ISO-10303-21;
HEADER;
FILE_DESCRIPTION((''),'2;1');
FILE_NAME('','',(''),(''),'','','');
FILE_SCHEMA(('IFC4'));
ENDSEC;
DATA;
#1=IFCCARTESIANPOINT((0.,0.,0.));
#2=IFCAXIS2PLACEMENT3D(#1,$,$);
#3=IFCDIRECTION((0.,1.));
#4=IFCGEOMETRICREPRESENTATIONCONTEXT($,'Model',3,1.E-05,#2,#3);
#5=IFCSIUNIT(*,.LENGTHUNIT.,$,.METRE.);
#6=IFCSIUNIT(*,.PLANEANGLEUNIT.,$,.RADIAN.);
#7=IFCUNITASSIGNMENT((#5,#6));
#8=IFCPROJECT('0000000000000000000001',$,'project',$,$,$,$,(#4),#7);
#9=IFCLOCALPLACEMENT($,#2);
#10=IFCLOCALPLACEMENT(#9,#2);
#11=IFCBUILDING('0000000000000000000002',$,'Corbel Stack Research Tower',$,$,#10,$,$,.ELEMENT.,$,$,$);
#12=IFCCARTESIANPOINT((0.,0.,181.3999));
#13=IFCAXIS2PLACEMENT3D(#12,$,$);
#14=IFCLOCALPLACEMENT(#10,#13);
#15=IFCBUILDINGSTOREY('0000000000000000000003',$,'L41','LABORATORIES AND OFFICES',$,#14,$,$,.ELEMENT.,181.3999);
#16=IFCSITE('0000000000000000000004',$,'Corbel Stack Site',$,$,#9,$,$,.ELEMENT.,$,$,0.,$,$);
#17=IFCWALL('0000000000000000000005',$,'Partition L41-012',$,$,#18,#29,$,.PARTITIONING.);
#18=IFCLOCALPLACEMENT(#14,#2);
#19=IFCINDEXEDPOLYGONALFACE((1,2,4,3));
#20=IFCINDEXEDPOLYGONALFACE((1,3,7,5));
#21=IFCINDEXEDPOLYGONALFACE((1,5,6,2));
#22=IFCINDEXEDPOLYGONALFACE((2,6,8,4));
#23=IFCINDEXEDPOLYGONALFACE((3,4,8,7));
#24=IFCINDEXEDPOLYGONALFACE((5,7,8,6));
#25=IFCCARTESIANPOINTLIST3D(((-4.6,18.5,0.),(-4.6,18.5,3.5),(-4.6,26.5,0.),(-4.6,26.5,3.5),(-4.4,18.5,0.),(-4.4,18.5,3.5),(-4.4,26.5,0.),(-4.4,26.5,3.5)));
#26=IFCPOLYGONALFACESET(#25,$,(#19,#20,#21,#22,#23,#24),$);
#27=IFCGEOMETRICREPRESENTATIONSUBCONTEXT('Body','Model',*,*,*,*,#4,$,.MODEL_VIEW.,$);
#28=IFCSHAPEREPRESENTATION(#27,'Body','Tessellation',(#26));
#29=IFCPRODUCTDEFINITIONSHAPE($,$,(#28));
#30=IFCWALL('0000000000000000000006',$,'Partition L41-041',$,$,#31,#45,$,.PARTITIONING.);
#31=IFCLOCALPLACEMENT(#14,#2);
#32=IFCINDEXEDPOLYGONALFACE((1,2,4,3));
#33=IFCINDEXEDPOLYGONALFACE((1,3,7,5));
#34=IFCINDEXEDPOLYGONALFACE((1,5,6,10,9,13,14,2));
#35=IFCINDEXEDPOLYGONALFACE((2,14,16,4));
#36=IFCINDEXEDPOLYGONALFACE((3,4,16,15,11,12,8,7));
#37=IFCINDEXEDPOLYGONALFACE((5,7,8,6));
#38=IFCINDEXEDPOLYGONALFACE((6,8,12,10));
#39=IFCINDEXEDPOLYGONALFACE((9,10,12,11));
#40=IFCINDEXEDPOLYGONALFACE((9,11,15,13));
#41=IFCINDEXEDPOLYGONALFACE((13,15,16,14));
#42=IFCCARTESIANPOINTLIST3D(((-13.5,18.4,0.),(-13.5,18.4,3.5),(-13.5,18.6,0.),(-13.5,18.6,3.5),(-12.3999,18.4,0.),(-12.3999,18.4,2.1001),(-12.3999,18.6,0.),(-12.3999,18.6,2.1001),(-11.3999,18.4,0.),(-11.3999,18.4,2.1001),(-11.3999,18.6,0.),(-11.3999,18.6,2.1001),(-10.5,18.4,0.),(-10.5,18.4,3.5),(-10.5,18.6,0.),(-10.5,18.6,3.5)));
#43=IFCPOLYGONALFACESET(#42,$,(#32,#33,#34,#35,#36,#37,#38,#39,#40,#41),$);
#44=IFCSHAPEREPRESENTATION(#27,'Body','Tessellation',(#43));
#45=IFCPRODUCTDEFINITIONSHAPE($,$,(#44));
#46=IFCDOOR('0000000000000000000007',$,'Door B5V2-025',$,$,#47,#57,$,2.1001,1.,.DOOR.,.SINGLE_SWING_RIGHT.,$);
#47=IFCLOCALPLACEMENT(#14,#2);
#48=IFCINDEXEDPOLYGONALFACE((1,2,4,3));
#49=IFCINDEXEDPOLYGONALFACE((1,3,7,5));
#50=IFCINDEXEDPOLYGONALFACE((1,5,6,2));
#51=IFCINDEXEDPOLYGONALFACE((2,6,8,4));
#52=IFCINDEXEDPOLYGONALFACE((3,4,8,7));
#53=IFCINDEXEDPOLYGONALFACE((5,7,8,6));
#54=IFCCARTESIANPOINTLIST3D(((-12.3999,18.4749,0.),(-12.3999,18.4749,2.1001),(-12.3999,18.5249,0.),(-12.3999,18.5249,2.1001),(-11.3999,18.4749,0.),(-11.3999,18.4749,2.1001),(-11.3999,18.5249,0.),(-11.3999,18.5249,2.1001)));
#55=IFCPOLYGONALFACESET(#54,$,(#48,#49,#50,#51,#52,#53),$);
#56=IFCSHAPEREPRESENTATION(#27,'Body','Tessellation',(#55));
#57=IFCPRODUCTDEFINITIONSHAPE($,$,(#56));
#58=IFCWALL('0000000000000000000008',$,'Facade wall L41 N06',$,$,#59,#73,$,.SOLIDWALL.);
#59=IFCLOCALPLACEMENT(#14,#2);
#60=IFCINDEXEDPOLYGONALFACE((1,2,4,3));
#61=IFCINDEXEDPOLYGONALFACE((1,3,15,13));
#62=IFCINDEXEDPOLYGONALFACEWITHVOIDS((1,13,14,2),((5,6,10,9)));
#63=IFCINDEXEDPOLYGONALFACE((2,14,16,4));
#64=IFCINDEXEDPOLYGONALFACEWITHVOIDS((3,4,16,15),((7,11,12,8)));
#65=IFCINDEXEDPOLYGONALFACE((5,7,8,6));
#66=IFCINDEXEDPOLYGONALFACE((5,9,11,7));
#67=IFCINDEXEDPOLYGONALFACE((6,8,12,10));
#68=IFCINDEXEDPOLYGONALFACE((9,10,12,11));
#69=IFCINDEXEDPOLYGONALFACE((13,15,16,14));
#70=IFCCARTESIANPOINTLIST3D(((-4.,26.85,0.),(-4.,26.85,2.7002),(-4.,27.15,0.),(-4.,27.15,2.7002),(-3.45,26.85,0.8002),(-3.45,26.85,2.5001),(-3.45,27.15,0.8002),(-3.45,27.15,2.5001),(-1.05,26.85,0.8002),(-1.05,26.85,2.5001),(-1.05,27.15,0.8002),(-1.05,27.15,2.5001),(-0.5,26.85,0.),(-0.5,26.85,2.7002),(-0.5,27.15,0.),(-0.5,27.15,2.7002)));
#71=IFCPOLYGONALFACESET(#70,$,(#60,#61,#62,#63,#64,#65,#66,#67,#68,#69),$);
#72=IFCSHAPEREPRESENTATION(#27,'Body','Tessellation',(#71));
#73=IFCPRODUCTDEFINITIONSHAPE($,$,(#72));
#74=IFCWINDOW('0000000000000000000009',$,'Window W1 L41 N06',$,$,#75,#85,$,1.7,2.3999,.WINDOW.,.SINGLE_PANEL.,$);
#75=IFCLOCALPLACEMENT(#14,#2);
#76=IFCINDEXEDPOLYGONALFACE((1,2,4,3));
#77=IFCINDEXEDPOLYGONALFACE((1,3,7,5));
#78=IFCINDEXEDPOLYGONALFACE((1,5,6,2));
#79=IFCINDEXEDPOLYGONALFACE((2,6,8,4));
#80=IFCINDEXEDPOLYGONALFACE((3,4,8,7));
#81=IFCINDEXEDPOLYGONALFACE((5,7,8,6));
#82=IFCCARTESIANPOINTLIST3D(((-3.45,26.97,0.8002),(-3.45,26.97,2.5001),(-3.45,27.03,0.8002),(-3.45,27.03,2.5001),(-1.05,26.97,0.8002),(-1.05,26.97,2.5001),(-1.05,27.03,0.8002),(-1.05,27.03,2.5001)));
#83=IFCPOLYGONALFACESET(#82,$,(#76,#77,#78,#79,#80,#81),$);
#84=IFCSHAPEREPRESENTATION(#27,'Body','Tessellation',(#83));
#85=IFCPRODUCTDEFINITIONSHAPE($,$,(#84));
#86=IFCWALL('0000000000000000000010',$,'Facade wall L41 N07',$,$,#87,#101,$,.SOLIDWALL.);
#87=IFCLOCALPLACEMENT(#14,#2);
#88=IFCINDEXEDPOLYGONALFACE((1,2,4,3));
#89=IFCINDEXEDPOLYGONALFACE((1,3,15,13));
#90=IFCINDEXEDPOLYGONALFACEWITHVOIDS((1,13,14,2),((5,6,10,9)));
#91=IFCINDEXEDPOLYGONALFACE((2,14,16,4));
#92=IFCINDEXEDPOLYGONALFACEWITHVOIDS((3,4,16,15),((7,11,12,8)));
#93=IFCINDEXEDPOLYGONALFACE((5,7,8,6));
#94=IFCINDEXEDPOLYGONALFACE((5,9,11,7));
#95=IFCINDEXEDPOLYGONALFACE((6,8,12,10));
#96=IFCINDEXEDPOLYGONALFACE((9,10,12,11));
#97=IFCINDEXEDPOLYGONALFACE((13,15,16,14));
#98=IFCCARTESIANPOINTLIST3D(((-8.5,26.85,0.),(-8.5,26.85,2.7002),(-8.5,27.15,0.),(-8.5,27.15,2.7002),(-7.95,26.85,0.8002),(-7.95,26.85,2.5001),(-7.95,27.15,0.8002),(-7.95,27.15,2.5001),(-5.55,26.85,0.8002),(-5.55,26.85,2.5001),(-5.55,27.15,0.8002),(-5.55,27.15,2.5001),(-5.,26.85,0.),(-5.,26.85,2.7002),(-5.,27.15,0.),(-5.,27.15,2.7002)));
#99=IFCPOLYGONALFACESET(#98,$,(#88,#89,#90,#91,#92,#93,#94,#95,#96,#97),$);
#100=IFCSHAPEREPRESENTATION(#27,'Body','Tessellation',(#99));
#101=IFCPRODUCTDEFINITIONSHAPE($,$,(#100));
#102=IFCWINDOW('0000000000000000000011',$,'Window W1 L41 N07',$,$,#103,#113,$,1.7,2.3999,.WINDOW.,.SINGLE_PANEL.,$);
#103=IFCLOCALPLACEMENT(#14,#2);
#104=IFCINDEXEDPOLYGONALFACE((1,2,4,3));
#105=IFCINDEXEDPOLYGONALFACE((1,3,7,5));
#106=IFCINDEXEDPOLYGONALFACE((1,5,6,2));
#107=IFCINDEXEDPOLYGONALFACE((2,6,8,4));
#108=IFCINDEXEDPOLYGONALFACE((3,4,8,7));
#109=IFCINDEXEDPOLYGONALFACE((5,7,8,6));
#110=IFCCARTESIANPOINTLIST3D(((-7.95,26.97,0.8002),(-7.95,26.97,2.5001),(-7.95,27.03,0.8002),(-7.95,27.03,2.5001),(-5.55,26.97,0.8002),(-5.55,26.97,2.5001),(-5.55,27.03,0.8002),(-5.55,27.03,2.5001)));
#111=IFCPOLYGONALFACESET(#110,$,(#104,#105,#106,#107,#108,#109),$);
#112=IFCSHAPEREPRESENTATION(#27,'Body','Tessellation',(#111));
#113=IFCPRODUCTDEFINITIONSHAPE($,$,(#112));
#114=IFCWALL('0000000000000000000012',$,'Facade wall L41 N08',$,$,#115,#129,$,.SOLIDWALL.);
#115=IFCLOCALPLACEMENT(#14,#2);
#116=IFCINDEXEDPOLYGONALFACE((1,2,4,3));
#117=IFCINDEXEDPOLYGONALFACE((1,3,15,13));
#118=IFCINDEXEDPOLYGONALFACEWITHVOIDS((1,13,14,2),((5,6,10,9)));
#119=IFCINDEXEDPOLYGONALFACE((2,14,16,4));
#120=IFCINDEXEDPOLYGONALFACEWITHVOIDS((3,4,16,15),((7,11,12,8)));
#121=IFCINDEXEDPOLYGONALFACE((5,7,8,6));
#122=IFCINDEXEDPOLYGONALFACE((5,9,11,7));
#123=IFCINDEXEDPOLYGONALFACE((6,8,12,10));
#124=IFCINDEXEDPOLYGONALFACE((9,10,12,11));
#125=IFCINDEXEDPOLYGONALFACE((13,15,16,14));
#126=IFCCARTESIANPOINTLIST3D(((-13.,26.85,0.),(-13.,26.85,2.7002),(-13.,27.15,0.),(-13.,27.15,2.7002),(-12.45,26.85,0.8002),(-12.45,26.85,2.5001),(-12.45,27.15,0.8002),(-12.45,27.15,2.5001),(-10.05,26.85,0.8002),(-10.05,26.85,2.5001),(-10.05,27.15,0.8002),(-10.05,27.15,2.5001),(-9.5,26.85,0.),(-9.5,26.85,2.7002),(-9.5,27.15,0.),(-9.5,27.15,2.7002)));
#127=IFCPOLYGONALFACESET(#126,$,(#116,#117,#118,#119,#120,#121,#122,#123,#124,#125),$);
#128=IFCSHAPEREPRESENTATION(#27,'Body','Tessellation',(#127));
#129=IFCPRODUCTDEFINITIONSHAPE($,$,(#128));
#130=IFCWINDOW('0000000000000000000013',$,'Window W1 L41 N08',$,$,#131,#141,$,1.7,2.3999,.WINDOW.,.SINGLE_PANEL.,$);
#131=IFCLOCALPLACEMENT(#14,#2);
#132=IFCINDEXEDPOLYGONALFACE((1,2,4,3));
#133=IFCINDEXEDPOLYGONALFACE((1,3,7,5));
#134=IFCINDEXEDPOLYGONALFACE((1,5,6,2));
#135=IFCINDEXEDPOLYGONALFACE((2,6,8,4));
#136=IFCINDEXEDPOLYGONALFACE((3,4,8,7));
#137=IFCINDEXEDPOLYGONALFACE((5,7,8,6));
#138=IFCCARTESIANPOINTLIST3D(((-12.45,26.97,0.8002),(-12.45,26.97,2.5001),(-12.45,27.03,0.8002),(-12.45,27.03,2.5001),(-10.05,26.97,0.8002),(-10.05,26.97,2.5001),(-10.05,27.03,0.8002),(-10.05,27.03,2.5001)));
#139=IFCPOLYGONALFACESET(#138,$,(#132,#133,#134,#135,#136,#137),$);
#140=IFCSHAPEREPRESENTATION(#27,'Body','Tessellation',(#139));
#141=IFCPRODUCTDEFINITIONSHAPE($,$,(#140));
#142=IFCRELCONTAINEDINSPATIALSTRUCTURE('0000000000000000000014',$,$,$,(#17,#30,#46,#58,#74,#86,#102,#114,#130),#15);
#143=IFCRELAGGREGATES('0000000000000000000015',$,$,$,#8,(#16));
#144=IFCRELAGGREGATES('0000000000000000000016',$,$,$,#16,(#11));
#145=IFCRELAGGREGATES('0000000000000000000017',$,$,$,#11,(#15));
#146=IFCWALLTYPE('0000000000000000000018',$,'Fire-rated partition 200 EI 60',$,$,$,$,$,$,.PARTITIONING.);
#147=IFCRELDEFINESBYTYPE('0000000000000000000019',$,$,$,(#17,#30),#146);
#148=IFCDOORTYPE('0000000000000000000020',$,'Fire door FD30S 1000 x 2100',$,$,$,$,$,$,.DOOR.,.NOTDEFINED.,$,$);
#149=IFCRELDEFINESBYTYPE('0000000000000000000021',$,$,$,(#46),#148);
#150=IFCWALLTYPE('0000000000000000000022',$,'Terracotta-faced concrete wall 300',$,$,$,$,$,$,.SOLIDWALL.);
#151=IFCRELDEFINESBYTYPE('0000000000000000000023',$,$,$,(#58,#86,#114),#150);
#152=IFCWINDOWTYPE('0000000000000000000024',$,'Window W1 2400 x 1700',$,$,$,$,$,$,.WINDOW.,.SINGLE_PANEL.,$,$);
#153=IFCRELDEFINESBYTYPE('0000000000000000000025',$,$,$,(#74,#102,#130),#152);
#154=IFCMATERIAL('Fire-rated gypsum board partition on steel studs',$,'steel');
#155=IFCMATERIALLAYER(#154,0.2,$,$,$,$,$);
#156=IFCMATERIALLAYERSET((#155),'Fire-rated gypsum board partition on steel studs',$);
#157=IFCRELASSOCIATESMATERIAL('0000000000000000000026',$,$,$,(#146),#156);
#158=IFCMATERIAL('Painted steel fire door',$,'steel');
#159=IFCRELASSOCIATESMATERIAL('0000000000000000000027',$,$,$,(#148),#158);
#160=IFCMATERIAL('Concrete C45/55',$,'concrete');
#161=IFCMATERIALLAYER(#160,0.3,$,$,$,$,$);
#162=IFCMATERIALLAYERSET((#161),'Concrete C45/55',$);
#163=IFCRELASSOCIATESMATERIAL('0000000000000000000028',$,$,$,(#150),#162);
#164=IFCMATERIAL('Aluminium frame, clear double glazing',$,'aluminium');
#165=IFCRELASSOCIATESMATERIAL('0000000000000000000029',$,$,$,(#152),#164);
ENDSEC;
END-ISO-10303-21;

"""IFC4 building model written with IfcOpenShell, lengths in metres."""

from ifc_helpers import new_model, si_unit, direction, frame, frame_2d, origin, place, context, subcontext, project, spatial, rectangle, extrude, material, layer, layer_set, type_object, element, fill, save


model = new_model("IFC4")

# Units and contexts
model_context = context("Model", 3, precision=1e-05, world=origin(), true_north=direction((0.0, 1.0)))
body_context = subcontext(model_context, "Body", "Model", "MODEL_VIEW")
ifc_project = project(units=[si_unit("LENGTHUNIT", "METRE"), si_unit("PLANEANGLEUNIT", "RADIAN")], contexts=[model_context])

# Site, building, storey
site_placement = place(None, origin())
site = spatial("IfcSite", under=ifc_project, at=site_placement, Name="Corbel Stack Site", CompositionType="ELEMENT", RefElevation=0.0)
building_placement = place(site_placement, origin())
building = spatial("IfcBuilding", under=site, at=building_placement, Name="Corbel Stack Research Tower", CompositionType="ELEMENT")
storey_placement = place(building_placement, frame((0.0, 0.0, 181.3999)))
storey = spatial("IfcBuildingStorey", under=building, at=storey_placement, Name="L41", Description="LABORATORIES AND OFFICES", CompositionType="ELEMENT", Elevation=181.3999)

# Wall
ifc_material_1 = material(Name="Fire-rated gypsum board partition on steel studs", Category="steel")
ifc_layer_1 = layer(ifc_material_1, 0.2)
ifc_layer_set_1 = layer_set([ifc_layer_1], Name="Fire-rated gypsum board partition on steel studs")
wall_type_1 = type_object("IfcWallType", Name="Fire-rated partition 200 EI 60", PredefinedType="PARTITIONING", material=ifc_layer_set_1)
wall_1_placement = place(storey_placement, frame((-4.5, 18.5, 0.0), z_axis=(0.0, 0.0, 1.0), x_axis=(0.0, 1.0, 0.0)))
element("IfcWall", 1, at=wall_1_placement, inside=storey, type_object=wall_type_1, Name="Partition L41-012", PredefinedType="PARTITIONING", context=body_context, shape_type="SweptSolid", body=[
    extrude(rectangle(XDim=8.0, YDim=0.2, at=frame_2d((4.0, 0.0))), origin(), (0.0, 0.0, 1.0), 3.5),
])

# Wall, opening, door
wall_2_placement = place(storey_placement, frame((-13.5, 18.5, 0.0), z_axis=(0.0, 0.0, 1.0), x_axis=(1.0, 0.0, 0.0)))
wall_2 = element("IfcWall", 2, at=wall_2_placement, inside=storey, type_object=wall_type_1, Name="Partition L41-041", PredefinedType="PARTITIONING", context=body_context, shape_type="SweptSolid", body=[
    extrude(rectangle(XDim=3.0, YDim=0.2, at=frame_2d((1.5, 0.0))), origin(), (0.0, 0.0, 1.0), 3.5),
])
opening_1_placement = place(wall_2_placement, frame((1.1001, 0.0, 0.0)))
opening_1 = element("IfcOpeningElement", 3, at=opening_1_placement, cuts=wall_2, PredefinedType="OPENING", context=body_context, shape_type="SweptSolid", body=[
    extrude(rectangle(XDim=1.0, YDim=2.1001, at=frame_2d((0.5, 1.05))), frame((0.0, 0.1099, 0.0), z_axis=(0.0, -1.0, 0.0), x_axis=(1.0, 0.0, 0.0)), (0.0, 0.0, 1.0), 0.22),
])
ifc_material_2 = material(Name="Painted steel fire door", Category="steel")
door_type_1 = type_object("IfcDoorType", Name="Fire door FD30S 1000 x 2100", OperationType="NOTDEFINED", PredefinedType="DOOR", material=ifc_material_2)
door_1_placement = place(opening_1_placement, origin())
door_1 = element("IfcDoor", 4, at=door_1_placement, inside=storey, type_object=door_type_1, Name="Door B5V2-025", OperationType="SINGLE_SWING_RIGHT", OverallHeight=2.1001, OverallWidth=1.0, PredefinedType="DOOR", context=body_context, shape_type="SweptSolid", body=[
    extrude(rectangle(XDim=1.0, YDim=2.1001, at=frame_2d((0.5, 1.05))), frame((0.0, 0.0249, 0.0), z_axis=(0.0, -1.0, 0.0), x_axis=(1.0, 0.0, 0.0)), (0.0, 0.0, 1.0), 0.05),
])
fill(opening_1, door_1)

# Walls, openings, windows
ifc_material_3 = material(Name="Concrete C45/55", Category="concrete")
ifc_layer_2 = layer(ifc_material_3, 0.3)
ifc_layer_set_2 = layer_set([ifc_layer_2], Name="Concrete C45/55")
wall_type_2 = type_object("IfcWallType", Name="Terracotta-faced concrete wall 300", PredefinedType="SOLIDWALL", material=ifc_layer_set_2)
wall_3_placement = place(storey_placement, frame((-4.0, 27.0, 0.0), z_axis=(0.0, 0.0, 1.0), x_axis=(1.0, 0.0, 0.0)))
wall_3 = element("IfcWall", 5, at=wall_3_placement, inside=storey, type_object=wall_type_2, Name="Facade wall L41 N06", PredefinedType="SOLIDWALL", context=body_context, shape_type="SweptSolid", body=[
    extrude(rectangle(XDim=3.5, YDim=0.3, at=frame_2d((1.75, 0.0))), origin(), (0.0, 0.0, 1.0), 2.7002),
])
opening_2_placement = place(wall_3_placement, frame((0.55, 0.0, 0.8)))
opening_2 = element("IfcOpeningElement", 6, at=opening_2_placement, cuts=wall_3, PredefinedType="OPENING", context=body_context, shape_type="SweptSolid", body=[
    extrude(rectangle(XDim=2.3999, YDim=1.7, at=frame_2d((1.2, 0.8501))), frame((0.0, 0.1599, 0.0), z_axis=(0.0, -1.0, 0.0), x_axis=(1.0, 0.0, 0.0)), (0.0, 0.0, 1.0), 0.3201),
])
ifc_material_4 = material(Name="Aluminium frame, clear double glazing", Category="aluminium")
window_type = type_object("IfcWindowType", Name="Window W1 2400 x 1700", PartitioningType="SINGLE_PANEL", PredefinedType="WINDOW", material=ifc_material_4)
window_1_placement = place(opening_2_placement, origin())
window_1 = element("IfcWindow", 7, at=window_1_placement, inside=storey, type_object=window_type, Name="Window W1 L41 N06", OverallHeight=1.7, OverallWidth=2.3999, PartitioningType="SINGLE_PANEL", PredefinedType="WINDOW", context=body_context, shape_type="SweptSolid", body=[
    extrude(rectangle(XDim=2.3999, YDim=1.7, at=frame_2d((1.2, 0.8501))), frame((0.0, 0.03, 0.0), z_axis=(0.0, -1.0, 0.0), x_axis=(1.0, 0.0, 0.0)), (0.0, 0.0, 1.0), 0.0601),
])
fill(opening_2, window_1)
wall_4_placement = place(storey_placement, frame((-8.5, 27.0, 0.0), z_axis=(0.0, 0.0, 1.0), x_axis=(1.0, 0.0, 0.0)))
wall_4 = element("IfcWall", 8, at=wall_4_placement, inside=storey, type_object=wall_type_2, Name="Facade wall L41 N07", PredefinedType="SOLIDWALL", context=body_context, shape_type="SweptSolid", body=[
    extrude(rectangle(XDim=3.5, YDim=0.3, at=frame_2d((1.75, 0.0))), origin(), (0.0, 0.0, 1.0), 2.7002),
])
opening_3_placement = place(wall_4_placement, frame((0.55, 0.0, 0.8)))
opening_3 = element("IfcOpeningElement", 9, at=opening_3_placement, cuts=wall_4, PredefinedType="OPENING", context=body_context, shape_type="SweptSolid", body=[
    extrude(rectangle(XDim=2.3999, YDim=1.7, at=frame_2d((1.2, 0.8501))), frame((0.0, 0.1599, 0.0), z_axis=(0.0, -1.0, 0.0), x_axis=(1.0, 0.0, 0.0)), (0.0, 0.0, 1.0), 0.3201),
])
window_2_placement = place(opening_3_placement, origin())
window_2 = element("IfcWindow", 10, at=window_2_placement, inside=storey, type_object=window_type, Name="Window W1 L41 N07", OverallHeight=1.7, OverallWidth=2.3999, PartitioningType="SINGLE_PANEL", PredefinedType="WINDOW", context=body_context, shape_type="SweptSolid", body=[
    extrude(rectangle(XDim=2.3999, YDim=1.7, at=frame_2d((1.2, 0.8501))), frame((0.0, 0.03, 0.0), z_axis=(0.0, -1.0, 0.0), x_axis=(1.0, 0.0, 0.0)), (0.0, 0.0, 1.0), 0.0601),
])
fill(opening_3, window_2)
wall_5_placement = place(storey_placement, frame((-13.0, 27.0, 0.0), z_axis=(0.0, 0.0, 1.0), x_axis=(1.0, 0.0, 0.0)))
wall_5 = element("IfcWall", 11, at=wall_5_placement, inside=storey, type_object=wall_type_2, Name="Facade wall L41 N08", PredefinedType="SOLIDWALL", context=body_context, shape_type="SweptSolid", body=[
    extrude(rectangle(XDim=3.5, YDim=0.3, at=frame_2d((1.75, 0.0))), origin(), (0.0, 0.0, 1.0), 2.7002),
])
opening_4_placement = place(wall_5_placement, frame((0.55, 0.0, 0.8)))
opening_4 = element("IfcOpeningElement", 12, at=opening_4_placement, cuts=wall_5, PredefinedType="OPENING", context=body_context, shape_type="SweptSolid", body=[
    extrude(rectangle(XDim=2.3999, YDim=1.7, at=frame_2d((1.2, 0.8501))), frame((0.0, 0.1599, 0.0), z_axis=(0.0, -1.0, 0.0), x_axis=(1.0, 0.0, 0.0)), (0.0, 0.0, 1.0), 0.3201),
])
window_3_placement = place(opening_4_placement, origin())
window_3 = element("IfcWindow", 13, at=window_3_placement, inside=storey, type_object=window_type, Name="Window W1 L41 N08", OverallHeight=1.7, OverallWidth=2.3999, PartitioningType="SINGLE_PANEL", PredefinedType="WINDOW", context=body_context, shape_type="SweptSolid", body=[
    extrude(rectangle(XDim=2.3999, YDim=1.7, at=frame_2d((1.2, 0.8501))), frame((0.0, 0.03, 0.0), z_axis=(0.0, -1.0, 0.0), x_axis=(1.0, 0.0, 0.0)), (0.0, 0.0, 1.0), 0.0601),
])
fill(opening_4, window_3)

save(model, "model.ifc")
